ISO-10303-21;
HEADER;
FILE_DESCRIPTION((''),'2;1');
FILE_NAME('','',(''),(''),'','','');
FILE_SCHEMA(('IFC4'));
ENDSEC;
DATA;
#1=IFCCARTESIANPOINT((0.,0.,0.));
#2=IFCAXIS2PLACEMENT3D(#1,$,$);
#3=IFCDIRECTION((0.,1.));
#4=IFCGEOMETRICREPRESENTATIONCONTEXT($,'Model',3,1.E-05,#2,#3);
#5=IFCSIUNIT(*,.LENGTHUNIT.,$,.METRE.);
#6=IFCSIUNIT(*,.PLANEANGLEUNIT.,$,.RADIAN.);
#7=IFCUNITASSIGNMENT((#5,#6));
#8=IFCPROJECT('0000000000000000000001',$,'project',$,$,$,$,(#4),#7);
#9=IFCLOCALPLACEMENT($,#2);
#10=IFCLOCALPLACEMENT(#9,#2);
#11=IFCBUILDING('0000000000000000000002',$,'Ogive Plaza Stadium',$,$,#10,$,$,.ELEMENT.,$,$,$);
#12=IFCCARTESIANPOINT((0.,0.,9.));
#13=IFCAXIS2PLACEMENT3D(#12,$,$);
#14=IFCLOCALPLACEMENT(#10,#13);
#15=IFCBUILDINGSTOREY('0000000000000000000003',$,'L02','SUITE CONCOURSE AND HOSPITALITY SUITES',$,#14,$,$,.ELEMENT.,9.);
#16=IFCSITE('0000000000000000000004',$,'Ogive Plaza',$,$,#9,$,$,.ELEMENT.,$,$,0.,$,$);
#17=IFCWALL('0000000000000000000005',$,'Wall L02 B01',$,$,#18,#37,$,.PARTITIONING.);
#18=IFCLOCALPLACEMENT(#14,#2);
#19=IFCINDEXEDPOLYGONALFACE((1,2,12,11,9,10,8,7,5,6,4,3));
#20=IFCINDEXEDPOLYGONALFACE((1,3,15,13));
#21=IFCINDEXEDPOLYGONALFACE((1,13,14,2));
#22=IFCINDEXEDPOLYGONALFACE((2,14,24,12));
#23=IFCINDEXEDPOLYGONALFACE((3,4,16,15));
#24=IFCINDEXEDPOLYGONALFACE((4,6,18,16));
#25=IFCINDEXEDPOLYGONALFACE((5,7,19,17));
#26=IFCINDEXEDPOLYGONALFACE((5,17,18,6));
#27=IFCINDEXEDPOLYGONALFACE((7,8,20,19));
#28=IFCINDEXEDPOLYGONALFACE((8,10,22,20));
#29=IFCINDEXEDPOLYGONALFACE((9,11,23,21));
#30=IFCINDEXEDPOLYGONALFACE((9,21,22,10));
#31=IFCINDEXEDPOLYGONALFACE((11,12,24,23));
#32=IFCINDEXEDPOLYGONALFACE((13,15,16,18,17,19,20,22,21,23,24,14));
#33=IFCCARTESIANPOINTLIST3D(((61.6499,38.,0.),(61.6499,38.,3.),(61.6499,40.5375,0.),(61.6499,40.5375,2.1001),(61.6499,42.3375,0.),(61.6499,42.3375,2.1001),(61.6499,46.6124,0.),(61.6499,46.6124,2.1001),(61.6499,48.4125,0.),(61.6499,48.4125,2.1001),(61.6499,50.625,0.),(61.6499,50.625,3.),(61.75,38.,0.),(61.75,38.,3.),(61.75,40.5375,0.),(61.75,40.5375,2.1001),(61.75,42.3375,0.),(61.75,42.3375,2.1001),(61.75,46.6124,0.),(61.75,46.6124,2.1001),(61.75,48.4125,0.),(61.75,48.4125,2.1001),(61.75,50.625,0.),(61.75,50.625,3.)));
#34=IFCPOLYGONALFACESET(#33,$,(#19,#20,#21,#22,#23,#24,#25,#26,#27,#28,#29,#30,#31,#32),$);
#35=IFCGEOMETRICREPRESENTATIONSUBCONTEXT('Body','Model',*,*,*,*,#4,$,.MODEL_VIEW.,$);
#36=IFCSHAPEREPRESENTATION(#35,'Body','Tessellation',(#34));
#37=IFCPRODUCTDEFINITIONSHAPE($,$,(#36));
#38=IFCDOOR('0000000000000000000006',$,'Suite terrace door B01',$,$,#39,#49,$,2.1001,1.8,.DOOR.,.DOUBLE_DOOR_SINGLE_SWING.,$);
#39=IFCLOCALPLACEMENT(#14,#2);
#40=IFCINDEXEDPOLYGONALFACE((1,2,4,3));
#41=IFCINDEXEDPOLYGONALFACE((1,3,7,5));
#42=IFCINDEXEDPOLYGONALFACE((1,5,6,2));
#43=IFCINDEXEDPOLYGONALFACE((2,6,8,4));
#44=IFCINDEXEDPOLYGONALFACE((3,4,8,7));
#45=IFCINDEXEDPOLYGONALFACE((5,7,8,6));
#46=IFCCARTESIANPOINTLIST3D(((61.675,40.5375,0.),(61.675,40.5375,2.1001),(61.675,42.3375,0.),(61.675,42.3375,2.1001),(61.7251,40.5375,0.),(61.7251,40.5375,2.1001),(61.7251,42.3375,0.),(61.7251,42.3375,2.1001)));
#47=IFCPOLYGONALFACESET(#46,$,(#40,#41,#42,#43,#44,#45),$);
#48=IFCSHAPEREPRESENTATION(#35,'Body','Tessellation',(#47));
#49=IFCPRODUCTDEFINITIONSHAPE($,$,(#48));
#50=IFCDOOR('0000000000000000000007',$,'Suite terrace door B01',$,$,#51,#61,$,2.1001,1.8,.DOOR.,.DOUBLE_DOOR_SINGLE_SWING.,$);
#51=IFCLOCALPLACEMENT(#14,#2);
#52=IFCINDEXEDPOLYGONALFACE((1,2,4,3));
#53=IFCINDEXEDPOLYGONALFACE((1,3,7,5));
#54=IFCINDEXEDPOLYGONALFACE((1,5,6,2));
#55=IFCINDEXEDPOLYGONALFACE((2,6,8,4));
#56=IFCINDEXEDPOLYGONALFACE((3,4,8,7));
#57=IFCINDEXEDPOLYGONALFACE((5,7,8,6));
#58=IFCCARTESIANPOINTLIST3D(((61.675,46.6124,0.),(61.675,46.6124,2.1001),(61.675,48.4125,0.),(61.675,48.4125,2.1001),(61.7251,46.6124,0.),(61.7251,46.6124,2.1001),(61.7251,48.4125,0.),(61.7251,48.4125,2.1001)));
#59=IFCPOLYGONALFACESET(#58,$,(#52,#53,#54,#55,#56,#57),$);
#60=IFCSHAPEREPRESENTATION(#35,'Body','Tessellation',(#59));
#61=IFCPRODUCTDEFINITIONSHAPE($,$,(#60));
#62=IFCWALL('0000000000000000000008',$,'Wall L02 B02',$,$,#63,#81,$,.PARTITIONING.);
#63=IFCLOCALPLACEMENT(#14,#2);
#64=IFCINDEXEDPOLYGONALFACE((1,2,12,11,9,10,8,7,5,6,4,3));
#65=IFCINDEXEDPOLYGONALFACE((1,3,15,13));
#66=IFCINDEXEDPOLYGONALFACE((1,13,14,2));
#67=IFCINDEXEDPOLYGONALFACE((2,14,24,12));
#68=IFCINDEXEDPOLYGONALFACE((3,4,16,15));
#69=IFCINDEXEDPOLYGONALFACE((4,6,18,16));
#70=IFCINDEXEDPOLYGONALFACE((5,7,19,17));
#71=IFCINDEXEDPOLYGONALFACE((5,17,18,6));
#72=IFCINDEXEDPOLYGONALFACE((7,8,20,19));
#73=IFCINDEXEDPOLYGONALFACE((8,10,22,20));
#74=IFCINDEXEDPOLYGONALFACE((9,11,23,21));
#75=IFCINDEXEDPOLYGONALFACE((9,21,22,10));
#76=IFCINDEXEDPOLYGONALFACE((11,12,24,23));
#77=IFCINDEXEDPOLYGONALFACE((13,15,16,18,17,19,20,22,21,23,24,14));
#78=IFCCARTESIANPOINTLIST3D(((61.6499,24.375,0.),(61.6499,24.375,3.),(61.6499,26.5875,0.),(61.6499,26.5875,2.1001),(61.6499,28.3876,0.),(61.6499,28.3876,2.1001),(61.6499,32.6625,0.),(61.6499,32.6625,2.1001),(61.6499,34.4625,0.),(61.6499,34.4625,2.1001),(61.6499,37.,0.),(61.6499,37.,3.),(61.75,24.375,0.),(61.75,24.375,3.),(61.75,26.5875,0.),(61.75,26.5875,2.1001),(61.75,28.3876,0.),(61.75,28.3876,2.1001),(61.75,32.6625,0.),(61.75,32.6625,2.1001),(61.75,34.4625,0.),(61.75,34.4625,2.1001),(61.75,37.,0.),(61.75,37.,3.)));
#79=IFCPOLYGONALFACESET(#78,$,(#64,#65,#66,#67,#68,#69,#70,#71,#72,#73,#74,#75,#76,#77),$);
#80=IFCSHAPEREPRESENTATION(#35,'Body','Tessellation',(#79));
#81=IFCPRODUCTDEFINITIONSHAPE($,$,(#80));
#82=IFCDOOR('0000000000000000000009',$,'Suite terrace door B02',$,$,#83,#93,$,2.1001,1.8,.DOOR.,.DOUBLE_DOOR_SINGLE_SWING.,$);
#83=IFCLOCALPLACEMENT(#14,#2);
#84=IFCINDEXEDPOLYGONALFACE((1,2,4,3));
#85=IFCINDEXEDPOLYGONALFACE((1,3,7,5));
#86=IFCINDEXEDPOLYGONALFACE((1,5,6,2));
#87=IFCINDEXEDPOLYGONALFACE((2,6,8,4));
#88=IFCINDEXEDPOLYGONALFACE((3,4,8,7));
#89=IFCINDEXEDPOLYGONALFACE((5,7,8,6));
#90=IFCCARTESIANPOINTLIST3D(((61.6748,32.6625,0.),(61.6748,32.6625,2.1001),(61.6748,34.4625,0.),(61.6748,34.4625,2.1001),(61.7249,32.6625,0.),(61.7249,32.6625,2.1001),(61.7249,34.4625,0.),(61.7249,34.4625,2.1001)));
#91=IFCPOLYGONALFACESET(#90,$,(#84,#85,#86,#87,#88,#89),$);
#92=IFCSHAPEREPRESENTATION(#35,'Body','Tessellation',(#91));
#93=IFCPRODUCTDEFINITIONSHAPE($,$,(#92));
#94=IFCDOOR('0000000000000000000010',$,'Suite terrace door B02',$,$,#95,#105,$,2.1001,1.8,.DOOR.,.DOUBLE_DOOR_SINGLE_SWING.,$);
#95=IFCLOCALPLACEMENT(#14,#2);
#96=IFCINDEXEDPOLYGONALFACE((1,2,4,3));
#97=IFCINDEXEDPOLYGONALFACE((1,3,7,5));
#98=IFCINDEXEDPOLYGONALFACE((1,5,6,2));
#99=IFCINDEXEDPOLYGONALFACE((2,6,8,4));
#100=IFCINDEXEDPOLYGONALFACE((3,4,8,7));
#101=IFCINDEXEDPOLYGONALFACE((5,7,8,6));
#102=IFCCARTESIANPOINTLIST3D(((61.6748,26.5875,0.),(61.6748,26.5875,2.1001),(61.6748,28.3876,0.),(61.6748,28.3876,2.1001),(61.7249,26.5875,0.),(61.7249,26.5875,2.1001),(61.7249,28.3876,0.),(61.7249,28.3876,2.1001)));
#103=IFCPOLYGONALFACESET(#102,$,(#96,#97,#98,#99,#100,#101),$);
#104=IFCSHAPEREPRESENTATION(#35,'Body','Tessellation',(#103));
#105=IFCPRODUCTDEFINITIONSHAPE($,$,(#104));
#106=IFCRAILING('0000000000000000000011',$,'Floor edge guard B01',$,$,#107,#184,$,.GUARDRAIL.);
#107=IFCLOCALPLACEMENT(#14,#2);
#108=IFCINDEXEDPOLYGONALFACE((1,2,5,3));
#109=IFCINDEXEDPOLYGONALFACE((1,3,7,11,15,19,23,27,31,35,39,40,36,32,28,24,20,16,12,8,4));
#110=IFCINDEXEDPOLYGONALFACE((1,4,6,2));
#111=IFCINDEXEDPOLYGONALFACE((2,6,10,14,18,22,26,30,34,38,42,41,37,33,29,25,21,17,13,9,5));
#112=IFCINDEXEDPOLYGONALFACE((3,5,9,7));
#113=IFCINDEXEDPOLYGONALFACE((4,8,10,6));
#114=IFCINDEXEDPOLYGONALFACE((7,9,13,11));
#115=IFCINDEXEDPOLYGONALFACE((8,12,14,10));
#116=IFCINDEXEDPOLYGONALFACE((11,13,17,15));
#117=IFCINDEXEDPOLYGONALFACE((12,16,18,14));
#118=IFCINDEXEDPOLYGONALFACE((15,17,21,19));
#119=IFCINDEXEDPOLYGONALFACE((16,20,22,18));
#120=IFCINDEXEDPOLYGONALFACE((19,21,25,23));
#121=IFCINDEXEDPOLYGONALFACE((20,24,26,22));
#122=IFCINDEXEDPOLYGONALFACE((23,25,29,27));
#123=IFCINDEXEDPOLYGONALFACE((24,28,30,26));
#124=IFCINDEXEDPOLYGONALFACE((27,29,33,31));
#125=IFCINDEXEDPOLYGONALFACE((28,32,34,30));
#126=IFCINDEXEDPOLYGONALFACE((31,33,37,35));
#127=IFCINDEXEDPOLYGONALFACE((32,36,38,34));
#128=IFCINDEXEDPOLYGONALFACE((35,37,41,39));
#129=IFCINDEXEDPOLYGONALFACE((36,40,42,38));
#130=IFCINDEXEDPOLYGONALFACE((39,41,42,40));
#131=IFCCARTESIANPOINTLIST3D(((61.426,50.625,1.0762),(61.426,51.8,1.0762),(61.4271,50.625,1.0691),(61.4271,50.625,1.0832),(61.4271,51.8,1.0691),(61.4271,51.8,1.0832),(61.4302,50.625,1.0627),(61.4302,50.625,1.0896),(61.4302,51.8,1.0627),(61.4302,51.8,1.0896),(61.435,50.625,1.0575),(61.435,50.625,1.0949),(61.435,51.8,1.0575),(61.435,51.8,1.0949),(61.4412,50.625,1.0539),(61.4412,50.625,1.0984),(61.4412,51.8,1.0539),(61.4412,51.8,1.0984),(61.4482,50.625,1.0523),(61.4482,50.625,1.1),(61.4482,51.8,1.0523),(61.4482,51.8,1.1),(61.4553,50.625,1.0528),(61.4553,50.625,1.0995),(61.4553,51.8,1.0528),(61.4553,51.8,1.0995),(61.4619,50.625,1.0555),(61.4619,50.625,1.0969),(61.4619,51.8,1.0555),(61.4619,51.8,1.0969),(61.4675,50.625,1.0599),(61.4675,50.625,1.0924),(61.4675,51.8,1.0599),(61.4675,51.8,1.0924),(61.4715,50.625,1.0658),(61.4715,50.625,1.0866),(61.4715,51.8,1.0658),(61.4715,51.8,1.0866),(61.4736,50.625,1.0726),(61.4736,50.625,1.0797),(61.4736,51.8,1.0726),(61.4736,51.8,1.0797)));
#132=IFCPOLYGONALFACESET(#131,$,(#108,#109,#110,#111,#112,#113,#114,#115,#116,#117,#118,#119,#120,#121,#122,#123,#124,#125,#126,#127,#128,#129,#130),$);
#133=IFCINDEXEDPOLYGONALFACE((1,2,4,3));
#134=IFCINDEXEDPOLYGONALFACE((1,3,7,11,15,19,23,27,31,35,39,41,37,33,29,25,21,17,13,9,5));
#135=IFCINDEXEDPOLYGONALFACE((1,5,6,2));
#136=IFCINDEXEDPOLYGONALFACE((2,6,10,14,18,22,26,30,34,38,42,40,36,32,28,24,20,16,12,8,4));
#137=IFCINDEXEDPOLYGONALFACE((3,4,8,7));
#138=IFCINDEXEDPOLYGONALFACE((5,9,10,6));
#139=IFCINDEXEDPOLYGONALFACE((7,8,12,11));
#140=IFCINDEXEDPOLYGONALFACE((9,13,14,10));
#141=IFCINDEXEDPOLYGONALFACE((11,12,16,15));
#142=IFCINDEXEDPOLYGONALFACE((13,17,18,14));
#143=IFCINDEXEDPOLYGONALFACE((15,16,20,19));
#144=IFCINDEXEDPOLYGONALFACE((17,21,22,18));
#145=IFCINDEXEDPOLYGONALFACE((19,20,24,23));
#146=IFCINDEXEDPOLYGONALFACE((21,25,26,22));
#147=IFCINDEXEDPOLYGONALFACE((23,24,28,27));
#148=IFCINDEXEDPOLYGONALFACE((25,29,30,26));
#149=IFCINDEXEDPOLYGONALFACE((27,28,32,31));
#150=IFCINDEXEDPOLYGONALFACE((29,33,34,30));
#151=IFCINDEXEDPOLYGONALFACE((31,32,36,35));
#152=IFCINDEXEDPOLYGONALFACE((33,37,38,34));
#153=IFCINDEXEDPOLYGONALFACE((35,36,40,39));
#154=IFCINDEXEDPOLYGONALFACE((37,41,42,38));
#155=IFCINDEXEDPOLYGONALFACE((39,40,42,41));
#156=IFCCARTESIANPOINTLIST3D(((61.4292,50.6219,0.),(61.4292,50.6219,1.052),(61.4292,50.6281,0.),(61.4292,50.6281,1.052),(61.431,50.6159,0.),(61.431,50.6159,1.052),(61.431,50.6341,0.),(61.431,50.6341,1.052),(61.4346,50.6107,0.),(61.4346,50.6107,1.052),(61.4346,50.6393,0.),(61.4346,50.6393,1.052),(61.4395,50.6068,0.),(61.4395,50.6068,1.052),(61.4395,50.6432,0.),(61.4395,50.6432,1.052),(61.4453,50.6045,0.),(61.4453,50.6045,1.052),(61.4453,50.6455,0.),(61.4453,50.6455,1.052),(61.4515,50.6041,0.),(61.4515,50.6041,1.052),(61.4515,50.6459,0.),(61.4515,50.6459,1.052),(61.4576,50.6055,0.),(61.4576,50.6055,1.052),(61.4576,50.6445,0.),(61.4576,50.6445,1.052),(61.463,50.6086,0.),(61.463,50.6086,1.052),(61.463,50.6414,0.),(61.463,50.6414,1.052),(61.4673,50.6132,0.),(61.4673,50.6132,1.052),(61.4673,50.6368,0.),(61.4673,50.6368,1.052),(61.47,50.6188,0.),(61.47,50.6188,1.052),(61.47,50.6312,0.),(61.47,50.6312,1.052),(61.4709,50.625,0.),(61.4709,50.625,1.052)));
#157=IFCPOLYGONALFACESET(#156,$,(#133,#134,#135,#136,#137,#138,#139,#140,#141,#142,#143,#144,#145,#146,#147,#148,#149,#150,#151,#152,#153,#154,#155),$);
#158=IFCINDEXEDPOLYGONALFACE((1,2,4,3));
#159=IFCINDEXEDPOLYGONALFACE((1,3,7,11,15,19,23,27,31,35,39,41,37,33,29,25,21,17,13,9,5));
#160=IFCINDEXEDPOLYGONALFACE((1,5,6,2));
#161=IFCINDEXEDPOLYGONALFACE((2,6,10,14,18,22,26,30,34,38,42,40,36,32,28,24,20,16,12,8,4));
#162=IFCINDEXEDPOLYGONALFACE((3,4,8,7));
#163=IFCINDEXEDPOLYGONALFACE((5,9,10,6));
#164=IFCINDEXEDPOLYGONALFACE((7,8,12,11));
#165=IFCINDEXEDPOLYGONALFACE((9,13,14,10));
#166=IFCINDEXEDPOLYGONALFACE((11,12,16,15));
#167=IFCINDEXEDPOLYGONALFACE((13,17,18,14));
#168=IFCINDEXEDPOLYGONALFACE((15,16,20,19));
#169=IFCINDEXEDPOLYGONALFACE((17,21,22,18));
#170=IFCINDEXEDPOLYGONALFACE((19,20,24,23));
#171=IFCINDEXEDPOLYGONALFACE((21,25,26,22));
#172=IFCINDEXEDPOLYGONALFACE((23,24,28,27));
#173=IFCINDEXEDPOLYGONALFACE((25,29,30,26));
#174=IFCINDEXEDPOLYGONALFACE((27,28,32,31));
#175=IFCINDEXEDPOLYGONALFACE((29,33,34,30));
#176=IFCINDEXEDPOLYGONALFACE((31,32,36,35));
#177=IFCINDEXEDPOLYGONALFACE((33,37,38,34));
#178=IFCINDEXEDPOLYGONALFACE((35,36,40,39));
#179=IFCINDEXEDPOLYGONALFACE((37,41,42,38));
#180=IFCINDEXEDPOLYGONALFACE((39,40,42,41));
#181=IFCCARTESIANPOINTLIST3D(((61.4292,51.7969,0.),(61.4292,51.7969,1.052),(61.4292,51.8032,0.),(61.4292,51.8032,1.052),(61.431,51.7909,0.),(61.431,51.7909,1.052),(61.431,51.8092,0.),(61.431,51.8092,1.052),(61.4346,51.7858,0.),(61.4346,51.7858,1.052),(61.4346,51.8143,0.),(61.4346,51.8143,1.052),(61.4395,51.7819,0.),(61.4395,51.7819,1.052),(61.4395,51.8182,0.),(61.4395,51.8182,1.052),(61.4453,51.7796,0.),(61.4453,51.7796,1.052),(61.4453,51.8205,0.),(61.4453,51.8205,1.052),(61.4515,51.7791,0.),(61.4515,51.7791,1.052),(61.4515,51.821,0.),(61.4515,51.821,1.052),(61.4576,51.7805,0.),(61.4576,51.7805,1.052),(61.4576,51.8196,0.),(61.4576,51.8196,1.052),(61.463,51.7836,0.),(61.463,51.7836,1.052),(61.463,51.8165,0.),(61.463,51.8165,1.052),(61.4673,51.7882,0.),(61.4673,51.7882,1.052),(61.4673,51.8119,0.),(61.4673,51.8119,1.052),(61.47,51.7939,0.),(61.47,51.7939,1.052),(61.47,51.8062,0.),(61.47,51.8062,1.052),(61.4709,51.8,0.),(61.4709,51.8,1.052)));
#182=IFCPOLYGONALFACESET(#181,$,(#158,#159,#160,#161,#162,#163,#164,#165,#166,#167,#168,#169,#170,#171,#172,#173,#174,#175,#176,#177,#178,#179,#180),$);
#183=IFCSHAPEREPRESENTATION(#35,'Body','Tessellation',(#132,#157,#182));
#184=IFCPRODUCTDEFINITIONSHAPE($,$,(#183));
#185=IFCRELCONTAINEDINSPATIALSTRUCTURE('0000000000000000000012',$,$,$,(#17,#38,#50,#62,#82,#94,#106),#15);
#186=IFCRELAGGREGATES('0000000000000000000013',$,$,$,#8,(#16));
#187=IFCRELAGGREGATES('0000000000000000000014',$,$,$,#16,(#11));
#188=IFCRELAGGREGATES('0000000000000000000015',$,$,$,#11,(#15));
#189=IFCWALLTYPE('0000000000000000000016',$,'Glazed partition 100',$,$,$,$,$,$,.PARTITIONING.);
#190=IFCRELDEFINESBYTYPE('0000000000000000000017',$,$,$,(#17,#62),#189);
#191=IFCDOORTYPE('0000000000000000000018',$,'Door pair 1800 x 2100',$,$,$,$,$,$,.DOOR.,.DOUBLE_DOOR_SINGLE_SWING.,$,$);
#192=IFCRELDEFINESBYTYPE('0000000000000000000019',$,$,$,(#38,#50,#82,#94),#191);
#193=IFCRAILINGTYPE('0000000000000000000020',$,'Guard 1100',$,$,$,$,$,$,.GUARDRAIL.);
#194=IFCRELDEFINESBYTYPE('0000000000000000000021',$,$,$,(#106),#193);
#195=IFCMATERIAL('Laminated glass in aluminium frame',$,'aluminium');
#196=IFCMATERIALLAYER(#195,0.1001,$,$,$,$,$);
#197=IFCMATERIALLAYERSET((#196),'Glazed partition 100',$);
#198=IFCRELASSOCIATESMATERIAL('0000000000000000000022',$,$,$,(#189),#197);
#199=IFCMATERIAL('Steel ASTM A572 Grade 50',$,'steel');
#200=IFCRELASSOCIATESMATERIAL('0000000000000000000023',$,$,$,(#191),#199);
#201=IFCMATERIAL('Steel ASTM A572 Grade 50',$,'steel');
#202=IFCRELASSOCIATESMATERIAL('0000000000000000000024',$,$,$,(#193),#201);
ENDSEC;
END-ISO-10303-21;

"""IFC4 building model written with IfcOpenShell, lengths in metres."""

from ifc_helpers import new_model, si_unit, direction, frame, frame_2d, origin, origin_2d, place, context, subcontext, project, spatial, rectangle, circle, extrude, material, layer, layer_set, type_object, element, fill, save


model = new_model("IFC4")

# Units and contexts
model_context = context("Model", 3, precision=1e-05, world=origin(), true_north=direction((0.0, 1.0)))
body_context = subcontext(model_context, "Body", "Model", "MODEL_VIEW")
ifc_project = project(units=[si_unit("LENGTHUNIT", "METRE"), si_unit("PLANEANGLEUNIT", "RADIAN")], contexts=[model_context])

# Site, building, storey
site_placement = place(None, origin())
site = spatial("IfcSite", under=ifc_project, at=site_placement, Name="Ogive Plaza", CompositionType="ELEMENT", RefElevation=0.0)
building_placement = place(site_placement, origin())
building = spatial("IfcBuilding", under=site, at=building_placement, Name="Ogive Plaza Stadium", CompositionType="ELEMENT")
storey_placement = place(building_placement, frame((0.0, 0.0, 9.0)))
storey = spatial("IfcBuildingStorey", under=building, at=storey_placement, Name="L02", Description="SUITE CONCOURSE AND HOSPITALITY SUITES", CompositionType="ELEMENT", Elevation=9.0)

# Walls, openings, doors
ifc_material_1 = material(Name="Laminated glass in aluminium frame", Category="aluminium")
ifc_layer_1 = layer(ifc_material_1, 0.1001)
ifc_layer_set_1 = layer_set([ifc_layer_1], Name="Glazed partition 100")
wall_type_1 = type_object("IfcWallType", Name="Glazed partition 100", PredefinedType="PARTITIONING", material=ifc_layer_set_1)
wall_1_placement = place(storey_placement, frame((61.7, 38.0, 0.0), z_axis=(0.0, 0.0, 1.0), x_axis=(0.0, 1.0, 0.0)))
wall_1 = element("IfcWall", 1, at=wall_1_placement, inside=storey, type_object=wall_type_1, Name="Wall L02 B01", PredefinedType="PARTITIONING", context=body_context, shape_type="SweptSolid", body=[
    extrude(rectangle(XDim=12.625, YDim=0.1001, at=frame_2d((6.3125, 0.0))), origin(), (0.0, 0.0, 1.0), 3.0),
])
opening_1_placement = place(wall_1_placement, frame((2.5376, 0.0, 0.0)))
opening_1 = element("IfcOpeningElement", 2, at=opening_1_placement, cuts=wall_1, PredefinedType="OPENING", context=body_context, shape_type="SweptSolid", body=[
    extrude(rectangle(XDim=1.8, YDim=2.1001, at=frame_2d((0.8999, 1.05))), frame((0.0, 0.05, 0.0), z_axis=(0.0, -1.0, 0.0), x_axis=(1.0, 0.0, 0.0)), (0.0, 0.0, 1.0), 0.1001),
])
opening_2_placement = place(wall_1_placement, frame((8.6125, 0.0, 0.0)))
opening_2 = element("IfcOpeningElement", 3, at=opening_2_placement, cuts=wall_1, PredefinedType="OPENING", context=body_context, shape_type="SweptSolid", body=[
    extrude(rectangle(XDim=1.8, YDim=2.1001, at=frame_2d((0.8999, 1.05))), frame((0.0, 0.05, 0.0), z_axis=(0.0, -1.0, 0.0), x_axis=(1.0, 0.0, 0.0)), (0.0, 0.0, 1.0), 0.1001),
])
ifc_material_2 = material(Name="Steel ASTM A572 Grade 50", Category="steel")
door_type = type_object("IfcDoorType", Name="Door pair 1800 x 2100", OperationType="DOUBLE_DOOR_SINGLE_SWING", PredefinedType="DOOR", material=ifc_material_2)
door_1_placement = place(opening_1_placement, origin())
door_1 = element("IfcDoor", 4, at=door_1_placement, inside=storey, type_object=door_type, Name="Suite terrace door B01", OperationType="DOUBLE_DOOR_SINGLE_SWING", OverallHeight=2.1001, OverallWidth=1.8, PredefinedType="DOOR", context=body_context, shape_type="SweptSolid", body=[
    extrude(rectangle(XDim=1.8, YDim=2.1001, at=frame_2d((0.8999, 1.05))), frame((0.0, 0.0249, 0.0), z_axis=(0.0, -1.0, 0.0), x_axis=(1.0, 0.0, 0.0)), (0.0, 0.0, 1.0), 0.05),
])
fill(opening_1, door_1)
door_2_placement = place(opening_2_placement, origin())
door_2 = element("IfcDoor", 5, at=door_2_placement, inside=storey, type_object=door_type, Name="Suite terrace door B01", OperationType="DOUBLE_DOOR_SINGLE_SWING", OverallHeight=2.1001, OverallWidth=1.8, PredefinedType="DOOR", context=body_context, shape_type="SweptSolid", body=[
    extrude(rectangle(XDim=1.8, YDim=2.1001, at=frame_2d((0.8999, 1.05))), frame((0.0, 0.0249, 0.0), z_axis=(0.0, -1.0, 0.0), x_axis=(1.0, 0.0, 0.0)), (0.0, 0.0, 1.0), 0.05),
])
fill(opening_2, door_2)
wall_2_placement = place(storey_placement, frame((61.7, 37.0, 0.0), z_axis=(0.0, 0.0, 1.0), x_axis=(0.0, -1.0, 0.0)))
wall_2 = element("IfcWall", 6, at=wall_2_placement, inside=storey, type_object=wall_type_1, Name="Wall L02 B02", PredefinedType="PARTITIONING", context=body_context, shape_type="SweptSolid", body=[
    extrude(rectangle(XDim=12.625, YDim=0.1001, at=frame_2d((6.3125, 0.0))), origin(), (0.0, 0.0, 1.0), 3.0),
])
opening_3_placement = place(wall_2_placement, frame((2.5376, 0.0, 0.0)))
opening_3 = element("IfcOpeningElement", 7, at=opening_3_placement, cuts=wall_2, PredefinedType="OPENING", context=body_context, shape_type="SweptSolid", body=[
    extrude(rectangle(XDim=1.8, YDim=2.1001, at=frame_2d((0.8999, 1.05))), frame((0.0, 0.05, 0.0), z_axis=(0.0, -1.0, 0.0), x_axis=(1.0, 0.0, 0.0)), (0.0, 0.0, 1.0), 0.1001),
])
opening_4_placement = place(wall_2_placement, frame((8.6125, 0.0, 0.0)))
opening_4 = element("IfcOpeningElement", 8, at=opening_4_placement, cuts=wall_2, PredefinedType="OPENING", context=body_context, shape_type="SweptSolid", body=[
    extrude(rectangle(XDim=1.8, YDim=2.1001, at=frame_2d((0.8999, 1.05))), frame((0.0, 0.05, 0.0), z_axis=(0.0, -1.0, 0.0), x_axis=(1.0, 0.0, 0.0)), (0.0, 0.0, 1.0), 0.1001),
])
door_3_placement = place(opening_3_placement, origin())
door_3 = element("IfcDoor", 9, at=door_3_placement, inside=storey, type_object=door_type, Name="Suite terrace door B02", OperationType="DOUBLE_DOOR_SINGLE_SWING", OverallHeight=2.1001, OverallWidth=1.8, PredefinedType="DOOR", context=body_context, shape_type="SweptSolid", body=[
    extrude(rectangle(XDim=1.8, YDim=2.1001, at=frame_2d((0.8999, 1.05))), frame((0.0, 0.0249, 0.0), z_axis=(0.0, -1.0, 0.0), x_axis=(1.0, 0.0, 0.0)), (0.0, 0.0, 1.0), 0.05),
])
fill(opening_3, door_3)
door_4_placement = place(opening_4_placement, origin())
door_4 = element("IfcDoor", 10, at=door_4_placement, inside=storey, type_object=door_type, Name="Suite terrace door B02", OperationType="DOUBLE_DOOR_SINGLE_SWING", OverallHeight=2.1001, OverallWidth=1.8, PredefinedType="DOOR", context=body_context, shape_type="SweptSolid", body=[
    extrude(rectangle(XDim=1.8, YDim=2.1001, at=frame_2d((0.8999, 1.05))), frame((0.0, 0.0249, 0.0), z_axis=(0.0, -1.0, 0.0), x_axis=(1.0, 0.0, 0.0)), (0.0, 0.0, 1.0), 0.05),
])
fill(opening_4, door_4)

# Railing
ifc_material_3 = material(Name="Steel ASTM A572 Grade 50", Category="steel")
railing_type = type_object("IfcRailingType", Name="Guard 1100", PredefinedType="GUARDRAIL", material=ifc_material_3)
railing_1_placement = place(storey_placement, frame((61.45, 50.625, 0.0)))
element("IfcRailing", 11, at=railing_1_placement, inside=storey, type_object=railing_type, Name="Floor edge guard B01", PredefinedType="GUARDRAIL", context=body_context, shape_type="SweptSolid", body=[
    extrude(circle(Radius=0.0239, at=origin_2d()), frame((0.0, 0.0, 1.0762), z_axis=(0.0, 1.0, 0.0), x_axis=(-1.0, 0.0, 0.0)), (0.0, 0.0, 1.0), 1.175),
    extrude(circle(Radius=0.021, at=origin_2d()), origin(), (0.0, 0.0, 1.0), 1.052),
    extrude(circle(Radius=0.021, at=origin_2d()), frame((0.0, 1.175, 0.0)), (0.0, 0.0, 1.0), 1.052),
])

save(model, "model.ifc")
